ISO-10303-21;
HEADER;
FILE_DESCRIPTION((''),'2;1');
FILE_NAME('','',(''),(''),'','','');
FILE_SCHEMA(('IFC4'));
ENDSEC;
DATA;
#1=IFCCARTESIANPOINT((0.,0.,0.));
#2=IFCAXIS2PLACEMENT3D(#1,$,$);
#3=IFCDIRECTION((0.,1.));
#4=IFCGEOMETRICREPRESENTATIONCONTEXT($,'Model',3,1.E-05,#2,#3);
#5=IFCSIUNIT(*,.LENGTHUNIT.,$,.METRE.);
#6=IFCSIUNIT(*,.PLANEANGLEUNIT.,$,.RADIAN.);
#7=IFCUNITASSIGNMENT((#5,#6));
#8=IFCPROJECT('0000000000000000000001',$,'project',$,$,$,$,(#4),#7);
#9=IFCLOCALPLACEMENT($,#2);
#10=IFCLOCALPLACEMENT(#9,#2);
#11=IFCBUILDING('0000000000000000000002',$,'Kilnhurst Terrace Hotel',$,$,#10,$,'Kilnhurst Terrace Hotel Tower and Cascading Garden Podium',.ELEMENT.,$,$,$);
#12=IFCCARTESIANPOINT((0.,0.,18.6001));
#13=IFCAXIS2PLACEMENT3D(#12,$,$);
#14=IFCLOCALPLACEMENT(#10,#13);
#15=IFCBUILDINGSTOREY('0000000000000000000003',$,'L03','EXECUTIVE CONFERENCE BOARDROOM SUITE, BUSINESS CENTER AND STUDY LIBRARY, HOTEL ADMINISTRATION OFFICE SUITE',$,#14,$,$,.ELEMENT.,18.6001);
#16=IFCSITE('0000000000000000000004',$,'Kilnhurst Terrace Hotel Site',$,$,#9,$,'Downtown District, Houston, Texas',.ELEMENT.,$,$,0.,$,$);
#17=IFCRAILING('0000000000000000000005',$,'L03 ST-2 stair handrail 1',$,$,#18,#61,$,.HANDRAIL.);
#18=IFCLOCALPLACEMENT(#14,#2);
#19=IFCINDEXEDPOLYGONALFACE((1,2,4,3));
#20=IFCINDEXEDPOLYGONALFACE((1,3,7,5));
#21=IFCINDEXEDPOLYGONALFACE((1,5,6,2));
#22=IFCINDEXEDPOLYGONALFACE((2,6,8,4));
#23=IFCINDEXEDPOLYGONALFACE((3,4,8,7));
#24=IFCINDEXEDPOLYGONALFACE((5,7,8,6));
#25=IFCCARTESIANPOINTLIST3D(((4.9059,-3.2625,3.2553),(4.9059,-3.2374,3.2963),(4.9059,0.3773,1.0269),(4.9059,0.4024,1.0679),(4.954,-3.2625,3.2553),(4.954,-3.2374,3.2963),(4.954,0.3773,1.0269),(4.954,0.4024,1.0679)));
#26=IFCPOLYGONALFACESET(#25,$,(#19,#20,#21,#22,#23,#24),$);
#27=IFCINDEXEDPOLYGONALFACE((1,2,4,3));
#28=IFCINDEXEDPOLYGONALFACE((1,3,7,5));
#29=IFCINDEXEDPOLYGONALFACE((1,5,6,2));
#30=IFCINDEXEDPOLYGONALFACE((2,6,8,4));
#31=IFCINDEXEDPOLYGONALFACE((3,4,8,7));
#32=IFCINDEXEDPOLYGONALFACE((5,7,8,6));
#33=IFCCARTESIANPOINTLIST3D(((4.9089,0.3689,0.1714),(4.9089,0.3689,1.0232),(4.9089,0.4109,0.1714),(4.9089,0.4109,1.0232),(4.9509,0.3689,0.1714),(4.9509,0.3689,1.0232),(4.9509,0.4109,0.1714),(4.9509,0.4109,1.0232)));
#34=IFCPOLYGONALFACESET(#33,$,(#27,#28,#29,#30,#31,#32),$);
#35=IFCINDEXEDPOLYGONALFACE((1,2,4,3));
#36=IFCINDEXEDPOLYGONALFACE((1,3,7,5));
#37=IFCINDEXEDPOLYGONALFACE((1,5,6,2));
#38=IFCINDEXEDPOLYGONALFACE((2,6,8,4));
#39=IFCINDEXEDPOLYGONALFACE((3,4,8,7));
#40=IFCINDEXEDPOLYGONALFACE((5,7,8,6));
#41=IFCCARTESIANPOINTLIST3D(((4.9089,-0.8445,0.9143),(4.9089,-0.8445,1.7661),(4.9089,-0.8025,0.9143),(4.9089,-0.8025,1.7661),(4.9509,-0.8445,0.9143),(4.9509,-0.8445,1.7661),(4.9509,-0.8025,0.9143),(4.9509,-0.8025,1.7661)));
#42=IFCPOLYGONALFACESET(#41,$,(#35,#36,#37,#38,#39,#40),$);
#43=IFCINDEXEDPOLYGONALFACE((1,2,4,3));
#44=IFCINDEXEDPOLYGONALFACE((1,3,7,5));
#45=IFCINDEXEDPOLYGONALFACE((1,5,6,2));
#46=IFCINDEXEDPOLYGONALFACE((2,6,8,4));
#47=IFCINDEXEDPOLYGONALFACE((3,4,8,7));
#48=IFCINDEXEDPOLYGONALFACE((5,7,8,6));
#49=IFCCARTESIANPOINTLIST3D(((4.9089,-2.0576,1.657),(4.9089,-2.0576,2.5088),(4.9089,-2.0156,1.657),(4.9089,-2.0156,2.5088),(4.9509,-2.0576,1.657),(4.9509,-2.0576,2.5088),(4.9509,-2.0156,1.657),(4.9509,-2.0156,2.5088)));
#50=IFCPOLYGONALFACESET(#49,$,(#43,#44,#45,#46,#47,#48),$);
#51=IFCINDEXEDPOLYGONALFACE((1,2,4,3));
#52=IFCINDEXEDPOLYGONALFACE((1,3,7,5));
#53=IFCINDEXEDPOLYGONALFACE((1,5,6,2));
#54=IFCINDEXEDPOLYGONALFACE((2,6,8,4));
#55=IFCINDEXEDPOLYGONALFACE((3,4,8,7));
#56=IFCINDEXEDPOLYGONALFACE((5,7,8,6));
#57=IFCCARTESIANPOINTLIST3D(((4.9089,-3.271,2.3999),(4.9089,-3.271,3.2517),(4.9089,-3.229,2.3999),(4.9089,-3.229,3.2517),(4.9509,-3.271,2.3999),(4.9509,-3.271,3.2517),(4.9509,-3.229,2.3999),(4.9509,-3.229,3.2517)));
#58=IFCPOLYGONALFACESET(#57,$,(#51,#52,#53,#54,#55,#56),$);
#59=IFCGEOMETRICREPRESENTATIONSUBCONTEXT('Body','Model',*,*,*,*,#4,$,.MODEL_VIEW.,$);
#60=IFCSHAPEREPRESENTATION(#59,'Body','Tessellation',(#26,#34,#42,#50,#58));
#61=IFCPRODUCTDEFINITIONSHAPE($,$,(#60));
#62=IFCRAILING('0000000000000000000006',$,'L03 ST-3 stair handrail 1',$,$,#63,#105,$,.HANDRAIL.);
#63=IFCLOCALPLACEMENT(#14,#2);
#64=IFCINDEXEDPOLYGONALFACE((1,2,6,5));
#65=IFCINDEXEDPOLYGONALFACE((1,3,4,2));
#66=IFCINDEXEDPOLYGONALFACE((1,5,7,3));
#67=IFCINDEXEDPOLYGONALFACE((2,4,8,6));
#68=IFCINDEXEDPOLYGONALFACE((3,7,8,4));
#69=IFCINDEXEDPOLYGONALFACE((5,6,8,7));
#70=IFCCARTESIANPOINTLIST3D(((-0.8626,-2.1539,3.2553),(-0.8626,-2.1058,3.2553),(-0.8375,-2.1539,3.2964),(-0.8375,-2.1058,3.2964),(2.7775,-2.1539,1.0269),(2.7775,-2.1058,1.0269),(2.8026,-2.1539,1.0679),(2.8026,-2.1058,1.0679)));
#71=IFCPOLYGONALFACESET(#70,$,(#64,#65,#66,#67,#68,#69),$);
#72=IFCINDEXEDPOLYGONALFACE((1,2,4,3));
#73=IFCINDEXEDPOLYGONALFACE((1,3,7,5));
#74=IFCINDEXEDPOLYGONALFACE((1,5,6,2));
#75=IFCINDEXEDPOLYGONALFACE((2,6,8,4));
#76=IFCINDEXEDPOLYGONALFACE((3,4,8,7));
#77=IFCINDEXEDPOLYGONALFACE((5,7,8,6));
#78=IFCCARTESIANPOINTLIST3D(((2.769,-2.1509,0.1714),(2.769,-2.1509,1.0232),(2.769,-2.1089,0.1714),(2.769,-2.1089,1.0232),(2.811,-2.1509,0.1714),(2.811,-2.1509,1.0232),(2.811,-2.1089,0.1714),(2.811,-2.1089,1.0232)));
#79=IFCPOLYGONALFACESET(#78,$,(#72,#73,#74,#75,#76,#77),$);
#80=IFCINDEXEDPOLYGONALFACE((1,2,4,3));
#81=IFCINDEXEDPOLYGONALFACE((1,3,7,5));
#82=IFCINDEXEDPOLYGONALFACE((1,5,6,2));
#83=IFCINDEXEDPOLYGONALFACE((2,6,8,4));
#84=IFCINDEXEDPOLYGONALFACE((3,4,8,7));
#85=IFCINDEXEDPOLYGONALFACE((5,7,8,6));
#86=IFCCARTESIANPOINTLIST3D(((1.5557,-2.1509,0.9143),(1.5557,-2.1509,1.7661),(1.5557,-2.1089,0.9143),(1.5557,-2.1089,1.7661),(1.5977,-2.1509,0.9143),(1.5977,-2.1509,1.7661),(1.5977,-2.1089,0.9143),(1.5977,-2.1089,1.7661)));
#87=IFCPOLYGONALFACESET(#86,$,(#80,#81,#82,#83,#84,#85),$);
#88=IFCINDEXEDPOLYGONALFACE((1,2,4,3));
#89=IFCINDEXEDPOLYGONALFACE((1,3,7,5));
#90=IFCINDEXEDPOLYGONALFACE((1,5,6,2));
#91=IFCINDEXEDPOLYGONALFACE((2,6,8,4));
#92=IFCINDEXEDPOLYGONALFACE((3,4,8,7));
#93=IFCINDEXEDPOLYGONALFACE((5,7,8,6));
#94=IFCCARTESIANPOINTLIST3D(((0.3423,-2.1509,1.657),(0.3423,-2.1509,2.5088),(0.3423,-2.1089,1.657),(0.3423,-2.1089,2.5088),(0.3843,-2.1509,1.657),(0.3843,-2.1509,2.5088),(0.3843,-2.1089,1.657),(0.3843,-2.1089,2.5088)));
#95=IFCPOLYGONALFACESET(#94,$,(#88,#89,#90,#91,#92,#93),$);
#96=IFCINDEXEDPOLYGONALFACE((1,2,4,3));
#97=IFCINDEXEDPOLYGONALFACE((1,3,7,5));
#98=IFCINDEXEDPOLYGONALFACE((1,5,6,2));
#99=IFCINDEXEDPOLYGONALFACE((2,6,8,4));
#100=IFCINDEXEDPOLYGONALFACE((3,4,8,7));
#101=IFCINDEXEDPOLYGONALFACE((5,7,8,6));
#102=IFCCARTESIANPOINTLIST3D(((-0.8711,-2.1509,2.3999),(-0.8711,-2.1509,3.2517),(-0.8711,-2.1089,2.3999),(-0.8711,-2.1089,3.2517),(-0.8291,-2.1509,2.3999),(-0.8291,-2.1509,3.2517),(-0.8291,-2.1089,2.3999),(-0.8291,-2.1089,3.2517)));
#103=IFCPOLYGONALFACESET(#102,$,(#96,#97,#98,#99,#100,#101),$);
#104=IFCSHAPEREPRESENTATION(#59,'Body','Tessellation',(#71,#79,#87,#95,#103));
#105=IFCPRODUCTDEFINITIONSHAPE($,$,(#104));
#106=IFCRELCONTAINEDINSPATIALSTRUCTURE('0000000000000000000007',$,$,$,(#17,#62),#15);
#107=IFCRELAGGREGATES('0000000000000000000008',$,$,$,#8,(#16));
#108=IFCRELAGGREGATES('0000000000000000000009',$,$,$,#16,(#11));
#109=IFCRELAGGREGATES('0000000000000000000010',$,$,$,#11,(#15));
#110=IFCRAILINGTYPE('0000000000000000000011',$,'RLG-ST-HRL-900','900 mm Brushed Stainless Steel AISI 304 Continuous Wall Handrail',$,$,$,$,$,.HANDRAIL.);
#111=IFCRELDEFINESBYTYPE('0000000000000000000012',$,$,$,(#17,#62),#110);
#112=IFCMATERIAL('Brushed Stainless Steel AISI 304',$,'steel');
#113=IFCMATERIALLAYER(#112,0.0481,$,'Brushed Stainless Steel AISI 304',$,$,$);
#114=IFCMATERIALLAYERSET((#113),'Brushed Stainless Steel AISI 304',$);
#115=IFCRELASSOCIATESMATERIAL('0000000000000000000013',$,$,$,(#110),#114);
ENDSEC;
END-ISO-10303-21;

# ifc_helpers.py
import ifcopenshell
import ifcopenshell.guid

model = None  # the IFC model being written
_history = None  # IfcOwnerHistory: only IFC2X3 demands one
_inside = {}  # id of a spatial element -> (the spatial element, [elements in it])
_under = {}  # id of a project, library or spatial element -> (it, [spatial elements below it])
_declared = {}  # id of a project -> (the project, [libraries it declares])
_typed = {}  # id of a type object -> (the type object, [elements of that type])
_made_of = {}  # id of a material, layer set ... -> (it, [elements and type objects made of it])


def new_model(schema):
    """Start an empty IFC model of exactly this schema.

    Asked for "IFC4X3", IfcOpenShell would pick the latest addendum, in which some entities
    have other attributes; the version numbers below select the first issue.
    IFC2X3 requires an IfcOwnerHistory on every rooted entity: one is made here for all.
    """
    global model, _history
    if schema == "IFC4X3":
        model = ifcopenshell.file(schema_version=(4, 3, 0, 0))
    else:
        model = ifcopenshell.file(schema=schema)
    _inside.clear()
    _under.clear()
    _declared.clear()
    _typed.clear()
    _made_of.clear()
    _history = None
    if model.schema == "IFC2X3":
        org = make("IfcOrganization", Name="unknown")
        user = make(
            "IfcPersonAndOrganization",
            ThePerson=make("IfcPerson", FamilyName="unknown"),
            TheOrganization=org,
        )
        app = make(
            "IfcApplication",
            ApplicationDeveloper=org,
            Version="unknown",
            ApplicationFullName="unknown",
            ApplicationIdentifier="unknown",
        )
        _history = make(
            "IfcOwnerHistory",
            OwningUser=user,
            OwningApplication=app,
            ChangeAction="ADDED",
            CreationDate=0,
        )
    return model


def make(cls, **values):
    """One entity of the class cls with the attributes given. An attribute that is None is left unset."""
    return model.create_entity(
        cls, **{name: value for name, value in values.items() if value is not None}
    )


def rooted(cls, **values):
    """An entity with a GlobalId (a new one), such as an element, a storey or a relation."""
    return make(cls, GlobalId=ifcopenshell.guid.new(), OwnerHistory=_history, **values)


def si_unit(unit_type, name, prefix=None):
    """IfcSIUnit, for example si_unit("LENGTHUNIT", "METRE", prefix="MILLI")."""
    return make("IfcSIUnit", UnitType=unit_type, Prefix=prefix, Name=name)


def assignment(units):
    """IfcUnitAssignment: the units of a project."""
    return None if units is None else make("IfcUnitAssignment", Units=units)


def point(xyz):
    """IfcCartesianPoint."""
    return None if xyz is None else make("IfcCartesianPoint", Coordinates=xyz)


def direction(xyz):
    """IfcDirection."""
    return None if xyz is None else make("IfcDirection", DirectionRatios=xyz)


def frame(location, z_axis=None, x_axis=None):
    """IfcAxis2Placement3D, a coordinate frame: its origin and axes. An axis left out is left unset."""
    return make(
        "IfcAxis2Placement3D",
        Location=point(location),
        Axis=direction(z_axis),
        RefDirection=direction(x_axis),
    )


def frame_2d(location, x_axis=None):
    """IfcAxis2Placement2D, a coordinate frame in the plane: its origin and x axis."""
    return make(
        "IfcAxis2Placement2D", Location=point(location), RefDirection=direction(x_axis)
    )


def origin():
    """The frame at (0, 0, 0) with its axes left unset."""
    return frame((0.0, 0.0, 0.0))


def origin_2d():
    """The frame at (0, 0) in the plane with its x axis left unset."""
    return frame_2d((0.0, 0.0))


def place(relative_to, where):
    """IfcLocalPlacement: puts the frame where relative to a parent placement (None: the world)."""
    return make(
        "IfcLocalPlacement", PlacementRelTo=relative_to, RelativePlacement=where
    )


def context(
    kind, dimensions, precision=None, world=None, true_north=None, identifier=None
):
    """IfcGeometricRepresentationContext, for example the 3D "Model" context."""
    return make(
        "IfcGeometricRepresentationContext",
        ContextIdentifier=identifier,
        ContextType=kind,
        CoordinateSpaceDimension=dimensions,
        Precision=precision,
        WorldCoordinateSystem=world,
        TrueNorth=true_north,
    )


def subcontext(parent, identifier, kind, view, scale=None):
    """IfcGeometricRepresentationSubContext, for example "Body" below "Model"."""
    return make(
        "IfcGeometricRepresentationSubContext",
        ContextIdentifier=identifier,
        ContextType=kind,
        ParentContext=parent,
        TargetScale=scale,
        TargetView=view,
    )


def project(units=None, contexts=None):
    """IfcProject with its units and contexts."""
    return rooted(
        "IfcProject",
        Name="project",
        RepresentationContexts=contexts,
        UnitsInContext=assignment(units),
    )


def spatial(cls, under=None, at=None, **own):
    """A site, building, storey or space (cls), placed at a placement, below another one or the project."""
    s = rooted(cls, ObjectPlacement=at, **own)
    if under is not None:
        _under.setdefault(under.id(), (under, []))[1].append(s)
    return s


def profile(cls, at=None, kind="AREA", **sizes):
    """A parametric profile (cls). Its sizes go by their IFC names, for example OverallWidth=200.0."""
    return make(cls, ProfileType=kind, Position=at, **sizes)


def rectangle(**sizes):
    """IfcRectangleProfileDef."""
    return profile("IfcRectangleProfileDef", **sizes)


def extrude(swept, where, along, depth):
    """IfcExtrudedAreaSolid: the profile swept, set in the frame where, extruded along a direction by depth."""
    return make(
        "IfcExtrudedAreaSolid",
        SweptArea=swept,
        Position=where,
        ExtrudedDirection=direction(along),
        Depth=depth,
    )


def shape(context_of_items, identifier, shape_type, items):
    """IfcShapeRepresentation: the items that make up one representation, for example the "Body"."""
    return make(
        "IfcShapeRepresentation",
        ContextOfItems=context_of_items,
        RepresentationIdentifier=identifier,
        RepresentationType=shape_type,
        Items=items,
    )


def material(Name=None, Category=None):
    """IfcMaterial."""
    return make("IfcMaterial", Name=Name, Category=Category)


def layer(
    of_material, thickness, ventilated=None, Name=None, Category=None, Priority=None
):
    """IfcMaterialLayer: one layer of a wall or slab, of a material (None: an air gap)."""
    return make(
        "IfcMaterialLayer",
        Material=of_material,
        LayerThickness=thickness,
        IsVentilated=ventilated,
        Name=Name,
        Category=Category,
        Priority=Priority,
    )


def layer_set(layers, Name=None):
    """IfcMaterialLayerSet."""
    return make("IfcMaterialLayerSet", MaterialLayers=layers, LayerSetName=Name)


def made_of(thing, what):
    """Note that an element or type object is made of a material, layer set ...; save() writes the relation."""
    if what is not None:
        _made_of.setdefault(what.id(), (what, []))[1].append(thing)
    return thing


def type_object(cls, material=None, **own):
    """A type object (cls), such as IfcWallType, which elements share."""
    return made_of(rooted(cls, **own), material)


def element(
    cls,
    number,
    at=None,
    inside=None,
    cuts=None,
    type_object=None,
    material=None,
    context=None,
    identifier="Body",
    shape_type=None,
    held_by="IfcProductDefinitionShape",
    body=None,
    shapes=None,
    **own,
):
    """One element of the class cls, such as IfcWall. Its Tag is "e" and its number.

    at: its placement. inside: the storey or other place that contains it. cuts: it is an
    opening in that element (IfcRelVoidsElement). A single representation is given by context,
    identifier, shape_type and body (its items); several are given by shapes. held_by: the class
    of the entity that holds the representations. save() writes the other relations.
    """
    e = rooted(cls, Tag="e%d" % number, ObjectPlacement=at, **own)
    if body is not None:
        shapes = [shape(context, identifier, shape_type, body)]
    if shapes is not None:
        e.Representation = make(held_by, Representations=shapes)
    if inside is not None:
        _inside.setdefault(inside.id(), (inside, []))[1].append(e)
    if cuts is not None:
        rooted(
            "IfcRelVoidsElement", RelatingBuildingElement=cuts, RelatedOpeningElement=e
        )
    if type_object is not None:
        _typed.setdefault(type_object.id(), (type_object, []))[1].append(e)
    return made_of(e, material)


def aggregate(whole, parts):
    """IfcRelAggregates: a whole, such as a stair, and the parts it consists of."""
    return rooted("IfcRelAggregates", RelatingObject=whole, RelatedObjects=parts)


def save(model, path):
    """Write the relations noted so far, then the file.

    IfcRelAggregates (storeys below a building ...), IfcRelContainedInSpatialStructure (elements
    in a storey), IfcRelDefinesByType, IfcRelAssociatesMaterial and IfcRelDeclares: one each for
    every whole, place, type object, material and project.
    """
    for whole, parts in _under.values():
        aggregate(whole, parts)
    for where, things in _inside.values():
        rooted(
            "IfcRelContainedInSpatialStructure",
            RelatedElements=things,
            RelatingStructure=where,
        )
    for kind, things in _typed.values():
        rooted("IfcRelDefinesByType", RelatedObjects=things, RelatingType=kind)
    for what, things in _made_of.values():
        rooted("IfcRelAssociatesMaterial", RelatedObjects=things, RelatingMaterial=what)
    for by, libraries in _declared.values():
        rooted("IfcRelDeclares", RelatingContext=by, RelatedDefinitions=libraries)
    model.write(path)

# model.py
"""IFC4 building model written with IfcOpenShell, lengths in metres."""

from ifc_helpers import new_model, si_unit, direction, frame, origin, origin_2d, place, context, subcontext, project, spatial, rectangle, extrude, material, layer, layer_set, type_object, element, save


model = new_model("IFC4")

# Units and contexts
model_context = context("Model", 3, precision=1e-05, world=origin(), true_north=direction((0.0, 1.0)))
body_context = subcontext(model_context, "Body", "Model", "MODEL_VIEW")
ifc_project = project(units=[si_unit("LENGTHUNIT", "METRE"), si_unit("PLANEANGLEUNIT", "RADIAN")], contexts=[model_context])

# Site, building, storey
site_placement = place(None, origin())
site = spatial("IfcSite", under=ifc_project, at=site_placement, Name="Kilnhurst Terrace Hotel Site", LongName="Downtown District, Houston, Texas", CompositionType="ELEMENT", RefElevation=0.0)
building_placement = place(site_placement, origin())
building = spatial("IfcBuilding", under=site, at=building_placement, Name="Kilnhurst Terrace Hotel", LongName="Kilnhurst Terrace Hotel Tower and Cascading Garden Podium", CompositionType="ELEMENT")
storey_placement = place(building_placement, frame((0.0, 0.0, 18.6001)))
storey = spatial("IfcBuildingStorey", under=building, at=storey_placement, Name="L03", Description="EXECUTIVE CONFERENCE BOARDROOM SUITE, BUSINESS CENTER AND STUDY LIBRARY, HOTEL ADMINISTRATION OFFICE SUITE", CompositionType="ELEMENT", Elevation=18.6001)

# Railings
ifc_material_1 = material(Name="Brushed Stainless Steel AISI 304", Category="steel")
ifc_layer_1 = layer(ifc_material_1, 0.0481, Name="Brushed Stainless Steel AISI 304")
ifc_layer_set_1 = layer_set([ifc_layer_1], Name="Brushed Stainless Steel AISI 304")
railing_type = type_object("IfcRailingType", Name="RLG-ST-HRL-900", Description="900 mm Brushed Stainless Steel AISI 304 Continuous Wall Handrail", PredefinedType="HANDRAIL", material=ifc_layer_set_1)
railing_1_placement = place(storey_placement, frame((4.9299, 0.3899, 0.1714)))
element("IfcRailing", 1, at=railing_1_placement, inside=storey, type_object=railing_type, Name="L03 ST-2 stair handrail 1", PredefinedType="HANDRAIL", context=body_context, shape_type="SweptSolid", body=[
    extrude(rectangle(XDim=0.0481, YDim=0.0481, at=origin_2d()), frame((0.0, 0.0, 0.876), z_axis=(0.0, -0.85285, 0.522156), x_axis=(1.0, 0.0, 0.0)), (0.0, 0.0, 1.0), 4.2678),
    extrude(rectangle(XDim=0.042, YDim=0.042, at=origin_2d()), origin(), (0.0, 0.0, 1.0), 0.8518),
    extrude(rectangle(XDim=0.042, YDim=0.042, at=origin_2d()), frame((0.0, -1.2134, 0.7429)), (0.0, 0.0, 1.0), 0.8518),
    extrude(rectangle(XDim=0.042, YDim=0.042, at=origin_2d()), frame((0.0, -2.4265, 1.4856)), (0.0, 0.0, 1.0), 0.8518),
    extrude(rectangle(XDim=0.042, YDim=0.042, at=origin_2d()), frame((0.0, -3.6399, 2.2285)), (0.0, 0.0, 1.0), 0.8518),
])
railing_2_placement = place(storey_placement, frame((2.79, -2.1299, 0.1714)))
element("IfcRailing", 2, at=railing_2_placement, inside=storey, type_object=railing_type, Name="L03 ST-3 stair handrail 1", PredefinedType="HANDRAIL", context=body_context, shape_type="SweptSolid", body=[
    extrude(rectangle(XDim=0.0481, YDim=0.0481, at=origin_2d()), frame((0.0, 0.0, 0.876), z_axis=(-0.852866, 0.0, 0.52213), x_axis=(0.0, -1.0, 0.0)), (0.0, 0.0, 1.0), 4.2681),
    extrude(rectangle(XDim=0.042, YDim=0.042, at=origin_2d()), origin(), (0.0, 0.0, 1.0), 0.8518),
    extrude(rectangle(XDim=0.042, YDim=0.042, at=origin_2d()), frame((-1.2134, 0.0, 0.7429)), (0.0, 0.0, 1.0), 0.8518),
    extrude(rectangle(XDim=0.042, YDim=0.042, at=origin_2d()), frame((-2.4268, 0.0, 1.4856)), (0.0, 0.0, 1.0), 0.8518),
    extrude(rectangle(XDim=0.042, YDim=0.042, at=origin_2d()), frame((-3.6401, 0.0, 2.2285)), (0.0, 0.0, 1.0), 0.8518),
])

save(model, "model.ifc")
